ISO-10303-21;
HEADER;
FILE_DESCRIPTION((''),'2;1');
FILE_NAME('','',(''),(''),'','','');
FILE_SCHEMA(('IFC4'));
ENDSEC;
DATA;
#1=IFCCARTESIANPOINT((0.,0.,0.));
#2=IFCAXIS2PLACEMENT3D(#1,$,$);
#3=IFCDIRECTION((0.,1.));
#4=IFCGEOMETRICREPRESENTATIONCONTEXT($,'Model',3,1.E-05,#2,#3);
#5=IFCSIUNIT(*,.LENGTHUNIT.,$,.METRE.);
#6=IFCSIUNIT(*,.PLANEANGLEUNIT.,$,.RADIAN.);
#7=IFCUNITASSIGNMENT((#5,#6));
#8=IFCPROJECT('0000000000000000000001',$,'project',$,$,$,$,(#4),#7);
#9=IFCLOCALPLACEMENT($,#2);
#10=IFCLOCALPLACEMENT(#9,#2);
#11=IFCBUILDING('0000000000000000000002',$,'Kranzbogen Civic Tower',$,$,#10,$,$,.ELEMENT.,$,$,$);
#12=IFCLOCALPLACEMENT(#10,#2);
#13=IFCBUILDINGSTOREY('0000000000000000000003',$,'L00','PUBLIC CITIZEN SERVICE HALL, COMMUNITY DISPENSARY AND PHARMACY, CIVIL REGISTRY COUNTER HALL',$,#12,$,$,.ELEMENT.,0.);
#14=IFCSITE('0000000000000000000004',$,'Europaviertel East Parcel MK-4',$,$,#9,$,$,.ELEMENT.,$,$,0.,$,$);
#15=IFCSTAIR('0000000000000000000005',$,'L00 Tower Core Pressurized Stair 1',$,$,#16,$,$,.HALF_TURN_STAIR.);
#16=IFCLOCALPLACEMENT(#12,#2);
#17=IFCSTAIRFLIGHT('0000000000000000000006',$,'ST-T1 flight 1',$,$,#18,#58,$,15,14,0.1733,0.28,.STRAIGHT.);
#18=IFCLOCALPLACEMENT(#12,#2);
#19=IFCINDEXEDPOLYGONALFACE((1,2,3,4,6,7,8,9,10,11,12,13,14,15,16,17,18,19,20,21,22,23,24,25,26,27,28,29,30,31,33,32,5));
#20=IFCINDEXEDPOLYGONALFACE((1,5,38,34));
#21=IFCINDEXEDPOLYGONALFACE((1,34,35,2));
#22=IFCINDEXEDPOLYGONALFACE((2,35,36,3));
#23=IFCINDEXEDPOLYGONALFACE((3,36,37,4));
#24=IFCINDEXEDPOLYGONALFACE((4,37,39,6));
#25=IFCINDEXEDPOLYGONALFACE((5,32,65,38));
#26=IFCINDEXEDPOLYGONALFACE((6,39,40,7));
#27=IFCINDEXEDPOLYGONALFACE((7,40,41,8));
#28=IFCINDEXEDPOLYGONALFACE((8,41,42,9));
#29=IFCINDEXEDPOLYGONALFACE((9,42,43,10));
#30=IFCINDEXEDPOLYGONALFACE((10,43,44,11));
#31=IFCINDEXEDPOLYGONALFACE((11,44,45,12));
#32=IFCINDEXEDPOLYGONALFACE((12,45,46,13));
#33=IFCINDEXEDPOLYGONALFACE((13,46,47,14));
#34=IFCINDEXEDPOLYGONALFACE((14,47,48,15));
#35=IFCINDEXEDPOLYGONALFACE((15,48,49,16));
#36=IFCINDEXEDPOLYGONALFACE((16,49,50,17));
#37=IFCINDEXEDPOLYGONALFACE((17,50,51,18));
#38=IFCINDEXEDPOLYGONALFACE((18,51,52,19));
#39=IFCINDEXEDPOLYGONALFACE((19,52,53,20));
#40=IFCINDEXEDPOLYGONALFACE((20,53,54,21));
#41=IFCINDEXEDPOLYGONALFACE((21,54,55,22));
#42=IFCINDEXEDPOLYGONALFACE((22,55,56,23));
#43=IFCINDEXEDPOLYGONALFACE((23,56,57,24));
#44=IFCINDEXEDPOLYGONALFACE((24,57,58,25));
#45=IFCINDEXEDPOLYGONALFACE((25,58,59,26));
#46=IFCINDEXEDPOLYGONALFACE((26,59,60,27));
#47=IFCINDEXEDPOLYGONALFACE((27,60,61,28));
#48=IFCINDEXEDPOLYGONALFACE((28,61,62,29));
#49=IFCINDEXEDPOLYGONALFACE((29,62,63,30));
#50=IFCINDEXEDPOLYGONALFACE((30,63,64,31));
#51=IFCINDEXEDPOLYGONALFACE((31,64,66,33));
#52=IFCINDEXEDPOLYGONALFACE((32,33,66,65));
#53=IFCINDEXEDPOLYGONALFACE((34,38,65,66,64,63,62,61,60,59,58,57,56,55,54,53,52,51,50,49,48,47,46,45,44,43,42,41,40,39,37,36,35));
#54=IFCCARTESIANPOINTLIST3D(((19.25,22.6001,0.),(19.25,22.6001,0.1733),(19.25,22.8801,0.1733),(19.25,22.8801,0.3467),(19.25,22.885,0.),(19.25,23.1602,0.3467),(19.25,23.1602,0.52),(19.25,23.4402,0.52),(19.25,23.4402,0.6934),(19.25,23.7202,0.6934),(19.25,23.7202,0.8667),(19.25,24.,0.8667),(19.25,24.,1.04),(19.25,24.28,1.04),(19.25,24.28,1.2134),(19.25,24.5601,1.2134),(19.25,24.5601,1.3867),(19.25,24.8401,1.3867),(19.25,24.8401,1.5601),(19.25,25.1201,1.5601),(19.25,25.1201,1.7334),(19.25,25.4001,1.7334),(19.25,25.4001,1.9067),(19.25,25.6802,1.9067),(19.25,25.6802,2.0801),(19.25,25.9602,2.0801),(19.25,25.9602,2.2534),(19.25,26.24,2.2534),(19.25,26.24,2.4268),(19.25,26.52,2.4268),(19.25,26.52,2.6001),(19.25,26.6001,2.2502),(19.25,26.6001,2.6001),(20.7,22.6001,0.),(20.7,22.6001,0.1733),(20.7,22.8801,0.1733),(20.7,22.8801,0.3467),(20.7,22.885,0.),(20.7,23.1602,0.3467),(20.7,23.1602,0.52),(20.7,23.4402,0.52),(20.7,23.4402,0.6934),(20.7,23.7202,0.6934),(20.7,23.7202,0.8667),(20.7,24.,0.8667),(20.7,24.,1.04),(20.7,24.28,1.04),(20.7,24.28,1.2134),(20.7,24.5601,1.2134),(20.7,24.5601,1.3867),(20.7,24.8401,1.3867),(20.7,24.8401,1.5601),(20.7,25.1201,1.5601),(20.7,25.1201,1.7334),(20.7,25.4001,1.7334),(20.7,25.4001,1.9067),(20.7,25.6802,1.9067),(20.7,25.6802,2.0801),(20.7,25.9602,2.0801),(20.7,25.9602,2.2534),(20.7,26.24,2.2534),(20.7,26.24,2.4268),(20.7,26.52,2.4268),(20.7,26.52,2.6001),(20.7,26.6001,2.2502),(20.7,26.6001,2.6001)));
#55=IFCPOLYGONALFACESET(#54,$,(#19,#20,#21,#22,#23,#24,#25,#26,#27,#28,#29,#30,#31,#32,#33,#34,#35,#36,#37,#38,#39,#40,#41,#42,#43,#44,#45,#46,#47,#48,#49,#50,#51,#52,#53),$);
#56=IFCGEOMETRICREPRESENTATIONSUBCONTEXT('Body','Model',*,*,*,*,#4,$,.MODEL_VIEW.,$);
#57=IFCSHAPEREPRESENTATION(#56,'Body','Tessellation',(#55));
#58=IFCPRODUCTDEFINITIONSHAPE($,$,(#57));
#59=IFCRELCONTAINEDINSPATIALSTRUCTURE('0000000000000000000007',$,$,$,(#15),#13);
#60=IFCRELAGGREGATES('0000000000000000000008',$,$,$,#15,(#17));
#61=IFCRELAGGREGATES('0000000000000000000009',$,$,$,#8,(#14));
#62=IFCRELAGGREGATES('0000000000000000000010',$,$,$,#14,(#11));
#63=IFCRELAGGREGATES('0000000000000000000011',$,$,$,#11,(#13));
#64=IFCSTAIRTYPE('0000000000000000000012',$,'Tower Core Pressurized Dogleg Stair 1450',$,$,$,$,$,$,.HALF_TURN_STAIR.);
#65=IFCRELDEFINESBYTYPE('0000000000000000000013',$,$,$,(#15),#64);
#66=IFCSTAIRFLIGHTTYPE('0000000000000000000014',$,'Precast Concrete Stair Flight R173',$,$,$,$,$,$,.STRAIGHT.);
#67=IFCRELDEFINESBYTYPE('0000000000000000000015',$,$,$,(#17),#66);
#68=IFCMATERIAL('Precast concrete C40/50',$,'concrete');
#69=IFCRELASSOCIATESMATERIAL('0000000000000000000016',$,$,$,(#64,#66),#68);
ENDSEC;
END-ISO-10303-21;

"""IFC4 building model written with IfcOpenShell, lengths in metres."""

from ifc_helpers import new_model, si_unit, direction, frame, origin, place, context, subcontext, project, spatial, polyline, outline, extrude, material, type_object, element, aggregate, save


model = new_model("IFC4")

# Units and contexts
model_context = context("Model", 3, precision=1e-05, world=origin(), true_north=direction((0.0, 1.0)))
body_context = subcontext(model_context, "Body", "Model", "MODEL_VIEW")
ifc_project = project(units=[si_unit("LENGTHUNIT", "METRE"), si_unit("PLANEANGLEUNIT", "RADIAN")], contexts=[model_context])

# Site, building, storey
site_placement = place(None, origin())
site = spatial("IfcSite", under=ifc_project, at=site_placement, Name="Europaviertel East Parcel MK-4", CompositionType="ELEMENT", RefElevation=0.0)
building_placement = place(site_placement, origin())
building = spatial("IfcBuilding", under=site, at=building_placement, Name="Kranzbogen Civic Tower", CompositionType="ELEMENT")
storey_placement = place(building_placement, origin())
storey = spatial("IfcBuildingStorey", under=building, at=storey_placement, Name="L00", Description="PUBLIC CITIZEN SERVICE HALL, COMMUNITY DISPENSARY AND PHARMACY, CIVIL REGISTRY COUNTER HALL", CompositionType="ELEMENT", Elevation=0.0)

# Stair, stair flight
ifc_material_1 = material(Name="Precast concrete C40/50", Category="concrete")
stair_type = type_object("IfcStairType", Name="Tower Core Pressurized Dogleg Stair 1450", PredefinedType="HALF_TURN_STAIR", material=ifc_material_1)
stair_placement = place(storey_placement, origin())
stair = element("IfcStair", 1, at=stair_placement, inside=storey, type_object=stair_type, Name="L00 Tower Core Pressurized Stair 1", PredefinedType="HALF_TURN_STAIR")
stair_flight_type = type_object("IfcStairFlightType", Name="Precast Concrete Stair Flight R173", PredefinedType="STRAIGHT", material=ifc_material_1)
stair_flight_placement = place(storey_placement, frame((19.9751, 22.6001, 0.0), z_axis=(0.0, 0.0, 1.0), x_axis=(0.0, 1.0, 0.0)))
stair_flight = element("IfcStairFlight", 2, at=stair_flight_placement, type_object=stair_flight_type, Name="ST-T1 flight 1", NumberOfRisers=15, NumberOfTreads=14, PredefinedType="STRAIGHT", RiserHeight=0.1733, TreadLength=0.28, context=body_context, shape_type="SweptSolid", body=[
    extrude(outline(polyline([(0.0, 0.0), (0.0, 0.1733), (0.28, 0.1733), (0.28, 0.3467), (0.5601, 0.3467), (0.5601, 0.52), (0.8401, 0.52), (0.8401, 0.6934), (1.1201, 0.6934), (1.1201, 0.8667), (1.3999, 0.8667), (1.3999, 1.04), (1.6799, 1.04), (1.6799, 1.2134), (1.96, 1.2134), (1.96, 1.3867), (2.24, 1.3867), (2.24, 1.5601), (2.52, 1.5601), (2.52, 1.7334), (2.8, 1.7334), (2.8, 1.9067), (3.0801, 1.9067), (3.0801, 2.0801), (3.3601, 2.0801), (3.3601, 2.2534), (3.6399, 2.2534), (3.6399, 2.4268), (3.9199, 2.4268), (3.9199, 2.6001), (4.0, 2.6001), (4.0, 2.2502), (0.2849, 0.0), (0.0, 0.0)])), frame((0.0, 0.7251, 0.0), z_axis=(0.0, -1.0, 0.0), x_axis=(1.0, 0.0, 0.0)), (0.0, 0.0, 1.0), 1.45),
])
aggregate(stair, [stair_flight])

save(model, "model.ifc")
